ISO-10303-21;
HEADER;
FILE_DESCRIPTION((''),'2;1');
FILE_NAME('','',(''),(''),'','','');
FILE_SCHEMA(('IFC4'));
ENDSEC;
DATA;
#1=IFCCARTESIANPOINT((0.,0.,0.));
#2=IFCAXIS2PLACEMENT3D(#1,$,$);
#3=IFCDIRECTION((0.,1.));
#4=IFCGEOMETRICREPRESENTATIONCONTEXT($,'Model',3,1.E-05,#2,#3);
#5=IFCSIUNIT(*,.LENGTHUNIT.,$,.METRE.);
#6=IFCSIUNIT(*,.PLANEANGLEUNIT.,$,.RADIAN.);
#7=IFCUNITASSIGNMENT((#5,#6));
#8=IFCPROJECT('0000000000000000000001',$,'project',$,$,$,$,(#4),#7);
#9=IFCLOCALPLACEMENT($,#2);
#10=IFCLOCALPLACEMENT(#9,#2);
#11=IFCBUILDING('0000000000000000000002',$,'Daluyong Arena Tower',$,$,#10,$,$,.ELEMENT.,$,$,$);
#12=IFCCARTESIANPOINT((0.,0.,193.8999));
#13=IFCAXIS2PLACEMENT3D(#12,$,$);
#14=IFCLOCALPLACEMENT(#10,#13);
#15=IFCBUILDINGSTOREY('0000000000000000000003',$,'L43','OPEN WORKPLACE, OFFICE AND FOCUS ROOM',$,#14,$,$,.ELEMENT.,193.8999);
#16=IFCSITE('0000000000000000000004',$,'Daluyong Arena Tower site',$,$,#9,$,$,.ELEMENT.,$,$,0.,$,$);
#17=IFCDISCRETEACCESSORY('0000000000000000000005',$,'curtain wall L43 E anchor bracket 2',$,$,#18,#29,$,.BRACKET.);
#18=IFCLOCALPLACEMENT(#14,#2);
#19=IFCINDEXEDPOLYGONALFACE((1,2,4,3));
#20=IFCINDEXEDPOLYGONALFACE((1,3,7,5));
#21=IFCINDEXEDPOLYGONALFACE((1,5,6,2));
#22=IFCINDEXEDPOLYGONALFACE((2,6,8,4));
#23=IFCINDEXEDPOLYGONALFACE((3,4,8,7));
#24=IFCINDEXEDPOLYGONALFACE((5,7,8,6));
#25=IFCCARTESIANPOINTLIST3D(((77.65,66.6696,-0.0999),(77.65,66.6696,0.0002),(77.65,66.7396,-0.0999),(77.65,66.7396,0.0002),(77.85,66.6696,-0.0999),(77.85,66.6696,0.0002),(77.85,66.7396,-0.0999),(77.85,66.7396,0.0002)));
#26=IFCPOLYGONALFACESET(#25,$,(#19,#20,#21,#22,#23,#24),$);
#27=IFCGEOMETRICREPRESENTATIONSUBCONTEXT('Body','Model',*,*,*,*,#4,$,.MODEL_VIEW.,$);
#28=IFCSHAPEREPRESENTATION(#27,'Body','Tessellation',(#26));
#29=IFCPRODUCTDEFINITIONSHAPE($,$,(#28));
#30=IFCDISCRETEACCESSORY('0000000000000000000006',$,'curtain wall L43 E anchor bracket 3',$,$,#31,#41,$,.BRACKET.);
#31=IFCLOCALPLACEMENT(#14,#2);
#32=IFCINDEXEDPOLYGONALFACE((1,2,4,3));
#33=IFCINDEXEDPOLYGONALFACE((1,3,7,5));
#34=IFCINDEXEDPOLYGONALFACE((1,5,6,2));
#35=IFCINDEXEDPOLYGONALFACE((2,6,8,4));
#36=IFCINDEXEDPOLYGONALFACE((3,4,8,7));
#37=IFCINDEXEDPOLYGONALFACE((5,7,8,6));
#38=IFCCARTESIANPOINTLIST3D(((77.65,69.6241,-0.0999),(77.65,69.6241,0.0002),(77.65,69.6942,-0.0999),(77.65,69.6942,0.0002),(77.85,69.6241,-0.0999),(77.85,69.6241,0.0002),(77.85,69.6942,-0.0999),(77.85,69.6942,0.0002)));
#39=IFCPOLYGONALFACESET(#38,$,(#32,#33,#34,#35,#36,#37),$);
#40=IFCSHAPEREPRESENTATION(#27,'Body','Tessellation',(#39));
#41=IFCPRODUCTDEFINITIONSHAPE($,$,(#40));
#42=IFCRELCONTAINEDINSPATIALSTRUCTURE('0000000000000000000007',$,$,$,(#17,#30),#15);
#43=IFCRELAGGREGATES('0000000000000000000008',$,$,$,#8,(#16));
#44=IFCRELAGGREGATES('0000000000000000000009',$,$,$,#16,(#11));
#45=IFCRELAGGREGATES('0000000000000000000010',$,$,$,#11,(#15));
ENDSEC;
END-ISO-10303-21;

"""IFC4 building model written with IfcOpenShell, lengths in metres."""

from ifc_helpers import new_model, si_unit, direction, frame, origin, origin_2d, place, context, subcontext, project, spatial, rectangle, extrude, element, save


model = new_model("IFC4")

# Units and contexts
model_context = context("Model", 3, precision=1e-05, world=origin(), true_north=direction((0.0, 1.0)))
body_context = subcontext(model_context, "Body", "Model", "MODEL_VIEW")
ifc_project = project(units=[si_unit("LENGTHUNIT", "METRE"), si_unit("PLANEANGLEUNIT", "RADIAN")], contexts=[model_context])

# Site, building, storey
site_placement = place(None, origin())
site = spatial("IfcSite", under=ifc_project, at=site_placement, Name="Daluyong Arena Tower site", CompositionType="ELEMENT", RefElevation=0.0)
building_placement = place(site_placement, origin())
building = spatial("IfcBuilding", under=site, at=building_placement, Name="Daluyong Arena Tower", CompositionType="ELEMENT")
storey_placement = place(building_placement, frame((0.0, 0.0, 193.8999)))
storey = spatial("IfcBuildingStorey", under=building, at=storey_placement, Name="L43", Description="OPEN WORKPLACE, OFFICE AND FOCUS ROOM", CompositionType="ELEMENT", Elevation=193.8999)

# Discrete accessories
for number, where, z_axis, x_axis, name in (
    (1, (77.75, 66.7046, -0.0999), (0.0, 0.0, 1.0), (0.0, 1.0, 0.0), "curtain wall L43 E anchor bracket 2"),
    (2, (77.75, 69.6592, -0.0999), (0.0, 0.0, 1.0), (0.0, 1.0, 0.0), "curtain wall L43 E anchor bracket 3"),
):
    element("IfcDiscreteAccessory", number, at=place(storey_placement, frame(where, z_axis=z_axis, x_axis=x_axis)), inside=storey, Name=name, PredefinedType="BRACKET", context=body_context, shape_type="SweptSolid", body=[
        extrude(rectangle(XDim=0.0701, YDim=0.2, at=origin_2d()), origin(), (0.0, 0.0, 1.0), 0.1001),
    ])

save(model, "model.ifc")
